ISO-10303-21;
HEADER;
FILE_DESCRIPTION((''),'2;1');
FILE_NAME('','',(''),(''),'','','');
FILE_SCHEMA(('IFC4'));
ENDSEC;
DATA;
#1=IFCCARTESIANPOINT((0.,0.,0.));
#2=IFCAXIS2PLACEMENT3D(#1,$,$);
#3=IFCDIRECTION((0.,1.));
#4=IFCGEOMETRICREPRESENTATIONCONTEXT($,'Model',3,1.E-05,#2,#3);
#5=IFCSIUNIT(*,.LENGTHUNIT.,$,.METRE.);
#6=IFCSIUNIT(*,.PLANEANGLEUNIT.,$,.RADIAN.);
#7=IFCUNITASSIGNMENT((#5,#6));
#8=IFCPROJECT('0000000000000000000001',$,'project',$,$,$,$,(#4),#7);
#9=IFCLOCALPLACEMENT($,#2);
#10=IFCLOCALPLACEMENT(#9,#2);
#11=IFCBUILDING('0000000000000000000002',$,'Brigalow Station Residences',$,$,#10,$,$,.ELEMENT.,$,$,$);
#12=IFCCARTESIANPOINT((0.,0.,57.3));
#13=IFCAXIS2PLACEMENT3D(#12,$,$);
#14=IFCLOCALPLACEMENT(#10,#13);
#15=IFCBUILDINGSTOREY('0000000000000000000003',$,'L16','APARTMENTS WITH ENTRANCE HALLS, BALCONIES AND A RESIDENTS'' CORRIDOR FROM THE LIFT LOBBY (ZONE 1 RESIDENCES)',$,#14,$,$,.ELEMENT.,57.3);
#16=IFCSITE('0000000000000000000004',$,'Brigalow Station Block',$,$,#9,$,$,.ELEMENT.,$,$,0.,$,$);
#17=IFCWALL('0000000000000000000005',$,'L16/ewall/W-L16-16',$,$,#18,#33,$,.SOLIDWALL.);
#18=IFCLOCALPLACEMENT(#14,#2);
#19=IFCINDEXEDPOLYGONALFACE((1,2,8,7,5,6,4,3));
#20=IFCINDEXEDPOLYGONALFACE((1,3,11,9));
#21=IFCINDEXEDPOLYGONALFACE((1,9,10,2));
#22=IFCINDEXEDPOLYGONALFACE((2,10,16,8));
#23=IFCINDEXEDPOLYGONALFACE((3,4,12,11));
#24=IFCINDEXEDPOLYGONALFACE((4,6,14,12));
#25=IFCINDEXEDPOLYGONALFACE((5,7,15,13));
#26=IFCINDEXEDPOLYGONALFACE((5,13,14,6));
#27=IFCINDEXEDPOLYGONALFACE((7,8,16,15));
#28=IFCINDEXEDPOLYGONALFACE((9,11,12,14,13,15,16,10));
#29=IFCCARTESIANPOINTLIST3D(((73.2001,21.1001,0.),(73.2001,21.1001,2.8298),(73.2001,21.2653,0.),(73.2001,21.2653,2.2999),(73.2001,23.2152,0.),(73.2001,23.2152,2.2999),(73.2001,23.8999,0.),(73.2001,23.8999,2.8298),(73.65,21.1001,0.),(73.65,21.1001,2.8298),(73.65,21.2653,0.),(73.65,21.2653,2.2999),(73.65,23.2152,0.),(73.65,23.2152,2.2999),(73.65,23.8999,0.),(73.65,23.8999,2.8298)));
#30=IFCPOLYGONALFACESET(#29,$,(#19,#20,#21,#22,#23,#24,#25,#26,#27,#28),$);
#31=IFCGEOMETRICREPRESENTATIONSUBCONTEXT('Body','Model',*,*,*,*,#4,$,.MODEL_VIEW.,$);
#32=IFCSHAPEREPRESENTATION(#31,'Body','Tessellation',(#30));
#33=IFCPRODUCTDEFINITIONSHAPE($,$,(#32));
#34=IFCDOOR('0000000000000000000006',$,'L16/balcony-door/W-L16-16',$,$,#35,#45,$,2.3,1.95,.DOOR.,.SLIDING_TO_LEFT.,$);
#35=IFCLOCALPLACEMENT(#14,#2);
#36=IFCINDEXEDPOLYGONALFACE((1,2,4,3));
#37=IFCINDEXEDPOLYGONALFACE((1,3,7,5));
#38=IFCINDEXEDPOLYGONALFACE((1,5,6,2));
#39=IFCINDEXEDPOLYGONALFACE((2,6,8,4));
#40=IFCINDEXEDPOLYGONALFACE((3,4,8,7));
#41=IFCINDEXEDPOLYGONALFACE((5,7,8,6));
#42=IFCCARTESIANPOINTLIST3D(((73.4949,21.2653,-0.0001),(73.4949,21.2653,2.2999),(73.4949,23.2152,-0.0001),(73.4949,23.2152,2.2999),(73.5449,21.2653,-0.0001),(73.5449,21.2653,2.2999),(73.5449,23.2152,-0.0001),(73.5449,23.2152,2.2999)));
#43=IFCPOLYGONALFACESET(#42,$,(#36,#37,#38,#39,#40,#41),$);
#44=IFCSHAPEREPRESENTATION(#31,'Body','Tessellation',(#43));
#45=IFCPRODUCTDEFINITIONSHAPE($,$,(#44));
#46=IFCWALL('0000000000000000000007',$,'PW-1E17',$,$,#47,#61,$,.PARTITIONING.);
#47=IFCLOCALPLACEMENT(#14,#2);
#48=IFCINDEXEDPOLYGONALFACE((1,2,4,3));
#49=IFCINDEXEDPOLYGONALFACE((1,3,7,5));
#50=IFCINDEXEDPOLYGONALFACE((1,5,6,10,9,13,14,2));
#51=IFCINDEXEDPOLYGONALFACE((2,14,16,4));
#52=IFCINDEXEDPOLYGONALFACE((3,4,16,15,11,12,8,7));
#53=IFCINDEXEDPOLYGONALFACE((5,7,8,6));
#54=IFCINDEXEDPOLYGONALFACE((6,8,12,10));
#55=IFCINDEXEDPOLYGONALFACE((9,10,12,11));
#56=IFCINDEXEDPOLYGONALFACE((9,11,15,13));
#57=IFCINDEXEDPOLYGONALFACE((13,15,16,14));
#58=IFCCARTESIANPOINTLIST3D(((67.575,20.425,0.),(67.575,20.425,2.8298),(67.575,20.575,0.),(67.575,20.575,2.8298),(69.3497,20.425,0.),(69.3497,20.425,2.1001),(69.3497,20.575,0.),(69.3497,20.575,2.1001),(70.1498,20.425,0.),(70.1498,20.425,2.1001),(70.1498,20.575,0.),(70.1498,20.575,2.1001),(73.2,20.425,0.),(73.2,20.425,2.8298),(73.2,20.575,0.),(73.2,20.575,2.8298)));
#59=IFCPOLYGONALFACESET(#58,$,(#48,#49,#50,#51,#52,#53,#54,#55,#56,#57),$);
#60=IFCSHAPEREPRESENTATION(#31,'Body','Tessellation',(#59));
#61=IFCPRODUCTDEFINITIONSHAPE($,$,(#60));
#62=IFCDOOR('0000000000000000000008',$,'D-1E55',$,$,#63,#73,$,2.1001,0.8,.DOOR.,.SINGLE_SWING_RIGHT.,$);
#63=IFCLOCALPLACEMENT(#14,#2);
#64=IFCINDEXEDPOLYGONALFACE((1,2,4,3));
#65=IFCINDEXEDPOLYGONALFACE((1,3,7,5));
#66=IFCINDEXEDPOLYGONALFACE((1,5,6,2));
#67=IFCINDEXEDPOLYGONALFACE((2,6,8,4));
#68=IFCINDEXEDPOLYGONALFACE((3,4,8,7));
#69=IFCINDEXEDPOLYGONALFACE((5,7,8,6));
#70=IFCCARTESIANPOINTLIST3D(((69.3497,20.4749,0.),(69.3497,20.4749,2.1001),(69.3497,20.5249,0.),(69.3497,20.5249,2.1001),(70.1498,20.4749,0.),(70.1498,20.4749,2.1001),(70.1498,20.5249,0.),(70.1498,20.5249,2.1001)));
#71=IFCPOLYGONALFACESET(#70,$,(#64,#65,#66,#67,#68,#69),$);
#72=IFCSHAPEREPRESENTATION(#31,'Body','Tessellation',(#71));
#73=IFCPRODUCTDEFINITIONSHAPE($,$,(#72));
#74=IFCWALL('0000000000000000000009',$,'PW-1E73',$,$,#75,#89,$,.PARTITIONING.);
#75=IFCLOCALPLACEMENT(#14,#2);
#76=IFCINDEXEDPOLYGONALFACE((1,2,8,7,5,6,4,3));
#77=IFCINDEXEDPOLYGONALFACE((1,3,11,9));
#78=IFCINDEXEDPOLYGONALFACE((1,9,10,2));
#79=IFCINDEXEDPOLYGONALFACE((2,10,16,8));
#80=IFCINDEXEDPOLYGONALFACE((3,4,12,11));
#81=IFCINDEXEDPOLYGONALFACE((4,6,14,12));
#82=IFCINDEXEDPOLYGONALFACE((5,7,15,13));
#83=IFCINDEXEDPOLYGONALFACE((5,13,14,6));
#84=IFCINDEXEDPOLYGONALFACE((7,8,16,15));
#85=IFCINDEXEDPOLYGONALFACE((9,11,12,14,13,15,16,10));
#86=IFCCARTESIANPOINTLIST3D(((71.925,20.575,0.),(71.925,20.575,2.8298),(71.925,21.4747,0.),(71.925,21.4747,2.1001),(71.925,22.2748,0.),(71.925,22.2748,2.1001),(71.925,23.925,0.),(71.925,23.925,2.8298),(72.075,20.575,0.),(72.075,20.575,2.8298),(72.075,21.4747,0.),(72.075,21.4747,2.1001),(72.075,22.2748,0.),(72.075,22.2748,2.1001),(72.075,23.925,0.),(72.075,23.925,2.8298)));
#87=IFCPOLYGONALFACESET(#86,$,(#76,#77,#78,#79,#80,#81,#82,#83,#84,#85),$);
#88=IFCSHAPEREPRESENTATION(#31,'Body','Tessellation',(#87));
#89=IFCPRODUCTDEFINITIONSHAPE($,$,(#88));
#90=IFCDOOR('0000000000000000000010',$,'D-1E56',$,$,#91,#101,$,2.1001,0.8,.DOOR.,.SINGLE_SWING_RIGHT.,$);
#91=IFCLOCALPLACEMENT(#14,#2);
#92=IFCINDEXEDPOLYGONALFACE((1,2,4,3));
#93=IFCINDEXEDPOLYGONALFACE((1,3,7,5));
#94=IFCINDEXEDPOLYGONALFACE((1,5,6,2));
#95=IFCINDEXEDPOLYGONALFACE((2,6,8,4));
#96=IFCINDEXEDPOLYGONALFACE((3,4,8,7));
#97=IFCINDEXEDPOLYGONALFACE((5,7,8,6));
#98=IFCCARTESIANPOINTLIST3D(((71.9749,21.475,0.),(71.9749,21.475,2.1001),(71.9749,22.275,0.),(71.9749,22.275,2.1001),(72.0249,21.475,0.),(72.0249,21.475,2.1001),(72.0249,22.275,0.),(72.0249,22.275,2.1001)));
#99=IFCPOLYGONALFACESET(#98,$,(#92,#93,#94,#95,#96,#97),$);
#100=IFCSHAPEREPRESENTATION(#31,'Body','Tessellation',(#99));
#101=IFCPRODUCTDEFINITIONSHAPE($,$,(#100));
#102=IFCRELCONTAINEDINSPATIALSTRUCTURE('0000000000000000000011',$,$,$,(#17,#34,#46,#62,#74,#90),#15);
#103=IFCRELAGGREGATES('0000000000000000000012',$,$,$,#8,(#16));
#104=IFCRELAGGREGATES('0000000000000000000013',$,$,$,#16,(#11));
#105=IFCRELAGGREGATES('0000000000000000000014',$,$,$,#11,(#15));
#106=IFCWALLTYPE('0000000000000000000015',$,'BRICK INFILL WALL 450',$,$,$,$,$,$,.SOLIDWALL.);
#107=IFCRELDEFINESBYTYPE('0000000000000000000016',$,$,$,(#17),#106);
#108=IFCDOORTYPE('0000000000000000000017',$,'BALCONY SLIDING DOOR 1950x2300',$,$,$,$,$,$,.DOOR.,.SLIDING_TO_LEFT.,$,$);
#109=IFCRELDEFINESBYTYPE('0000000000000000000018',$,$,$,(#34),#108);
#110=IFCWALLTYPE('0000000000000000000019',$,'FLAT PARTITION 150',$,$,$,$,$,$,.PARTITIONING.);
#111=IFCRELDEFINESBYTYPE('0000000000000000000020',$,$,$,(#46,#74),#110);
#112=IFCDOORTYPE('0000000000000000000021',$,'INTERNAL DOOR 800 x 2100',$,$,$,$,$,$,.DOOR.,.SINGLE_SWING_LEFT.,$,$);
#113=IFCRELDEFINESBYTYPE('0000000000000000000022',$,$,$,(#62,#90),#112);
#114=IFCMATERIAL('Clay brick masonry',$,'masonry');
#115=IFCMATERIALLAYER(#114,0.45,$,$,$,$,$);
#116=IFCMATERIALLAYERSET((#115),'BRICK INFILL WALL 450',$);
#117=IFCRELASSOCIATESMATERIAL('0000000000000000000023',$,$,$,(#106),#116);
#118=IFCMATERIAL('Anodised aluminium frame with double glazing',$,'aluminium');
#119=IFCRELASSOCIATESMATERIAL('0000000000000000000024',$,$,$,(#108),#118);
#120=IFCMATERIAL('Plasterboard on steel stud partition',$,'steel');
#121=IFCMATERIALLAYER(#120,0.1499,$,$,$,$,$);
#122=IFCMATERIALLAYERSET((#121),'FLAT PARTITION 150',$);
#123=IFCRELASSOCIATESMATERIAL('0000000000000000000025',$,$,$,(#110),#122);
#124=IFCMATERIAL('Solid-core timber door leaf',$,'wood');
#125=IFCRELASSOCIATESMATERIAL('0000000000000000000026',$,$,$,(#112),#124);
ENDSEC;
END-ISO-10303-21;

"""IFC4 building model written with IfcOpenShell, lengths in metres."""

from ifc_helpers import new_model, si_unit, direction, frame, frame_2d, origin, place, context, subcontext, project, spatial, rectangle, extrude, material, layer, layer_set, type_object, element, fill, save


model = new_model("IFC4")

# Units and contexts
model_context = context("Model", 3, precision=1e-05, world=origin(), true_north=direction((0.0, 1.0)))
body_context = subcontext(model_context, "Body", "Model", "MODEL_VIEW")
ifc_project = project(units=[si_unit("LENGTHUNIT", "METRE"), si_unit("PLANEANGLEUNIT", "RADIAN")], contexts=[model_context])

# Site, building, storey
site_placement = place(None, origin())
site = spatial("IfcSite", under=ifc_project, at=site_placement, Name="Brigalow Station Block", CompositionType="ELEMENT", RefElevation=0.0)
building_placement = place(site_placement, origin())
building = spatial("IfcBuilding", under=site, at=building_placement, Name="Brigalow Station Residences", CompositionType="ELEMENT")
storey_placement = place(building_placement, frame((0.0, 0.0, 57.3)))
storey = spatial("IfcBuildingStorey", under=building, at=storey_placement, Name="L16", Description="APARTMENTS WITH ENTRANCE HALLS, BALCONIES AND A RESIDENTS' CORRIDOR FROM THE LIFT LOBBY (ZONE 1 RESIDENCES)", CompositionType="ELEMENT", Elevation=57.3)

# Shared definitions
ifc_material_1 = material(Name="Clay brick masonry", Category="masonry")
ifc_layer_1 = layer(ifc_material_1, 0.45)
ifc_layer_set_1 = layer_set([ifc_layer_1], Name="BRICK INFILL WALL 450")
wall_type_1 = type_object("IfcWallType", Name="BRICK INFILL WALL 450", PredefinedType="SOLIDWALL", material=ifc_layer_set_1)

# Walls, openings, doors
wall_1_placement = place(storey_placement, frame((73.425, 21.1001, 0.0), z_axis=(0.0, 0.0, 1.0), x_axis=(0.0, 1.0, 0.0)))
wall_1 = element("IfcWall", 1, at=wall_1_placement, inside=storey, type_object=wall_type_1, Name="L16/ewall/W-L16-16", PredefinedType="SOLIDWALL", context=body_context, shape_type="SweptSolid", body=[
    extrude(rectangle(XDim=2.7998, YDim=0.45, at=frame_2d((1.3999, 0.0))), origin(), (0.0, 0.0, 1.0), 2.8298),
])
opening_1_placement = place(wall_1_placement, frame((0.165, 0.0, 0.0)))
opening_1 = element("IfcOpeningElement", 2, at=opening_1_placement, cuts=wall_1, PredefinedType="OPENING", context=body_context, shape_type="SweptSolid", body=[
    extrude(rectangle(XDim=1.95, YDim=2.3, at=frame_2d((0.9751, 1.1499))), frame((0.0, 0.2349, 0.0), z_axis=(0.0, -1.0, 0.0), x_axis=(1.0, 0.0, 0.0)), (0.0, 0.0, 1.0), 0.47),
])
ifc_material_2 = material(Name="Anodised aluminium frame with double glazing", Category="aluminium")
door_type_1 = type_object("IfcDoorType", Name="BALCONY SLIDING DOOR 1950x2300", OperationType="SLIDING_TO_LEFT", PredefinedType="DOOR", material=ifc_material_2)
door_1_placement = place(opening_1_placement, origin())
door_1 = element("IfcDoor", 3, at=door_1_placement, inside=storey, type_object=door_type_1, Name="L16/balcony-door/W-L16-16", OperationType="SLIDING_TO_LEFT", OverallHeight=2.3, OverallWidth=1.95, PredefinedType="DOOR", context=body_context, shape_type="SweptSolid", body=[
    extrude(rectangle(XDim=1.95, YDim=2.3, at=frame_2d((0.9751, 1.1499))), frame((0.0, -0.0698, 0.0), z_axis=(0.0, -1.0, 0.0), x_axis=(1.0, 0.0, 0.0)), (0.0, 0.0, 1.0), 0.05),
])
fill(opening_1, door_1)
ifc_material_3 = material(Name="Plasterboard on steel stud partition", Category="steel")
ifc_layer_2 = layer(ifc_material_3, 0.1499)
ifc_layer_set_2 = layer_set([ifc_layer_2], Name="FLAT PARTITION 150")
wall_type_2 = type_object("IfcWallType", Name="FLAT PARTITION 150", PredefinedType="PARTITIONING", material=ifc_layer_set_2)
wall_2_placement = place(storey_placement, frame((67.575, 20.5, 0.0), z_axis=(0.0, 0.0, 1.0), x_axis=(1.0, 0.0, 0.0)))
wall_2 = element("IfcWall", 4, at=wall_2_placement, inside=storey, type_object=wall_type_2, Name="PW-1E17", PredefinedType="PARTITIONING", context=body_context, shape_type="SweptSolid", body=[
    extrude(rectangle(XDim=5.625, YDim=0.1499, at=frame_2d((2.8125, 0.0))), origin(), (0.0, 0.0, 1.0), 2.8298),
])
opening_2_placement = place(wall_2_placement, frame((1.7749, 0.0, 0.0)))
opening_2 = element("IfcOpeningElement", 5, at=opening_2_placement, cuts=wall_2, PredefinedType="OPENING", context=body_context, shape_type="SweptSolid", body=[
    extrude(rectangle(XDim=0.8, YDim=2.1001, at=frame_2d((0.3999, 1.05))), frame((0.0, 0.085, 0.0), z_axis=(0.0, -1.0, 0.0), x_axis=(1.0, 0.0, 0.0)), (0.0, 0.0, 1.0), 0.1699),
])
ifc_material_4 = material(Name="Solid-core timber door leaf", Category="wood")
door_type_2 = type_object("IfcDoorType", Name="INTERNAL DOOR 800 x 2100", OperationType="SINGLE_SWING_LEFT", PredefinedType="DOOR", material=ifc_material_4)
door_2_placement = place(opening_2_placement, origin())
door_2 = element("IfcDoor", 6, at=door_2_placement, inside=storey, type_object=door_type_2, Name="D-1E55", OperationType="SINGLE_SWING_RIGHT", OverallHeight=2.1001, OverallWidth=0.8, PredefinedType="DOOR", context=body_context, shape_type="SweptSolid", body=[
    extrude(rectangle(XDim=0.8, YDim=2.1001, at=frame_2d((0.3999, 1.05))), frame((0.0, 0.0249, 0.0), z_axis=(0.0, -1.0, 0.0), x_axis=(1.0, 0.0, 0.0)), (0.0, 0.0, 1.0), 0.05),
])
fill(opening_2, door_2)
wall_3_placement = place(storey_placement, frame((72.0, 20.575, 0.0), z_axis=(0.0, 0.0, 1.0), x_axis=(0.0, 1.0, 0.0)))
wall_3 = element("IfcWall", 7, at=wall_3_placement, inside=storey, type_object=wall_type_2, Name="PW-1E73", PredefinedType="PARTITIONING", context=body_context, shape_type="SweptSolid", body=[
    extrude(rectangle(XDim=3.3501, YDim=0.1499, at=frame_2d((1.675, 0.0))), origin(), (0.0, 0.0, 1.0), 2.8298),
])
opening_3_placement = place(wall_3_placement, frame((0.8999, 0.0, 0.0)))
opening_3 = element("IfcOpeningElement", 8, at=opening_3_placement, cuts=wall_3, PredefinedType="OPENING", context=body_context, shape_type="SweptSolid", body=[
    extrude(rectangle(XDim=0.8, YDim=2.1001, at=frame_2d((0.3999, 1.05))), frame((0.0, 0.085, 0.0), z_axis=(0.0, -1.0, 0.0), x_axis=(1.0, 0.0, 0.0)), (0.0, 0.0, 1.0), 0.1699),
])
door_3_placement = place(opening_3_placement, frame((0.8, 0.0, 0.0), z_axis=(0.0, 0.0, 1.0), x_axis=(-1.0, 0.0, 0.0)))
door_3 = element("IfcDoor", 9, at=door_3_placement, inside=storey, type_object=door_type_2, Name="D-1E56", OperationType="SINGLE_SWING_RIGHT", OverallHeight=2.1001, OverallWidth=0.8, PredefinedType="DOOR", context=body_context, shape_type="SweptSolid", body=[
    extrude(rectangle(XDim=0.8, YDim=2.1001, at=frame_2d((0.3999, 1.05))), frame((0.0, 0.0249, 0.0), z_axis=(0.0, -1.0, 0.0), x_axis=(1.0, 0.0, 0.0)), (0.0, 0.0, 1.0), 0.05),
])
fill(opening_3, door_3)

save(model, "model.ifc")
